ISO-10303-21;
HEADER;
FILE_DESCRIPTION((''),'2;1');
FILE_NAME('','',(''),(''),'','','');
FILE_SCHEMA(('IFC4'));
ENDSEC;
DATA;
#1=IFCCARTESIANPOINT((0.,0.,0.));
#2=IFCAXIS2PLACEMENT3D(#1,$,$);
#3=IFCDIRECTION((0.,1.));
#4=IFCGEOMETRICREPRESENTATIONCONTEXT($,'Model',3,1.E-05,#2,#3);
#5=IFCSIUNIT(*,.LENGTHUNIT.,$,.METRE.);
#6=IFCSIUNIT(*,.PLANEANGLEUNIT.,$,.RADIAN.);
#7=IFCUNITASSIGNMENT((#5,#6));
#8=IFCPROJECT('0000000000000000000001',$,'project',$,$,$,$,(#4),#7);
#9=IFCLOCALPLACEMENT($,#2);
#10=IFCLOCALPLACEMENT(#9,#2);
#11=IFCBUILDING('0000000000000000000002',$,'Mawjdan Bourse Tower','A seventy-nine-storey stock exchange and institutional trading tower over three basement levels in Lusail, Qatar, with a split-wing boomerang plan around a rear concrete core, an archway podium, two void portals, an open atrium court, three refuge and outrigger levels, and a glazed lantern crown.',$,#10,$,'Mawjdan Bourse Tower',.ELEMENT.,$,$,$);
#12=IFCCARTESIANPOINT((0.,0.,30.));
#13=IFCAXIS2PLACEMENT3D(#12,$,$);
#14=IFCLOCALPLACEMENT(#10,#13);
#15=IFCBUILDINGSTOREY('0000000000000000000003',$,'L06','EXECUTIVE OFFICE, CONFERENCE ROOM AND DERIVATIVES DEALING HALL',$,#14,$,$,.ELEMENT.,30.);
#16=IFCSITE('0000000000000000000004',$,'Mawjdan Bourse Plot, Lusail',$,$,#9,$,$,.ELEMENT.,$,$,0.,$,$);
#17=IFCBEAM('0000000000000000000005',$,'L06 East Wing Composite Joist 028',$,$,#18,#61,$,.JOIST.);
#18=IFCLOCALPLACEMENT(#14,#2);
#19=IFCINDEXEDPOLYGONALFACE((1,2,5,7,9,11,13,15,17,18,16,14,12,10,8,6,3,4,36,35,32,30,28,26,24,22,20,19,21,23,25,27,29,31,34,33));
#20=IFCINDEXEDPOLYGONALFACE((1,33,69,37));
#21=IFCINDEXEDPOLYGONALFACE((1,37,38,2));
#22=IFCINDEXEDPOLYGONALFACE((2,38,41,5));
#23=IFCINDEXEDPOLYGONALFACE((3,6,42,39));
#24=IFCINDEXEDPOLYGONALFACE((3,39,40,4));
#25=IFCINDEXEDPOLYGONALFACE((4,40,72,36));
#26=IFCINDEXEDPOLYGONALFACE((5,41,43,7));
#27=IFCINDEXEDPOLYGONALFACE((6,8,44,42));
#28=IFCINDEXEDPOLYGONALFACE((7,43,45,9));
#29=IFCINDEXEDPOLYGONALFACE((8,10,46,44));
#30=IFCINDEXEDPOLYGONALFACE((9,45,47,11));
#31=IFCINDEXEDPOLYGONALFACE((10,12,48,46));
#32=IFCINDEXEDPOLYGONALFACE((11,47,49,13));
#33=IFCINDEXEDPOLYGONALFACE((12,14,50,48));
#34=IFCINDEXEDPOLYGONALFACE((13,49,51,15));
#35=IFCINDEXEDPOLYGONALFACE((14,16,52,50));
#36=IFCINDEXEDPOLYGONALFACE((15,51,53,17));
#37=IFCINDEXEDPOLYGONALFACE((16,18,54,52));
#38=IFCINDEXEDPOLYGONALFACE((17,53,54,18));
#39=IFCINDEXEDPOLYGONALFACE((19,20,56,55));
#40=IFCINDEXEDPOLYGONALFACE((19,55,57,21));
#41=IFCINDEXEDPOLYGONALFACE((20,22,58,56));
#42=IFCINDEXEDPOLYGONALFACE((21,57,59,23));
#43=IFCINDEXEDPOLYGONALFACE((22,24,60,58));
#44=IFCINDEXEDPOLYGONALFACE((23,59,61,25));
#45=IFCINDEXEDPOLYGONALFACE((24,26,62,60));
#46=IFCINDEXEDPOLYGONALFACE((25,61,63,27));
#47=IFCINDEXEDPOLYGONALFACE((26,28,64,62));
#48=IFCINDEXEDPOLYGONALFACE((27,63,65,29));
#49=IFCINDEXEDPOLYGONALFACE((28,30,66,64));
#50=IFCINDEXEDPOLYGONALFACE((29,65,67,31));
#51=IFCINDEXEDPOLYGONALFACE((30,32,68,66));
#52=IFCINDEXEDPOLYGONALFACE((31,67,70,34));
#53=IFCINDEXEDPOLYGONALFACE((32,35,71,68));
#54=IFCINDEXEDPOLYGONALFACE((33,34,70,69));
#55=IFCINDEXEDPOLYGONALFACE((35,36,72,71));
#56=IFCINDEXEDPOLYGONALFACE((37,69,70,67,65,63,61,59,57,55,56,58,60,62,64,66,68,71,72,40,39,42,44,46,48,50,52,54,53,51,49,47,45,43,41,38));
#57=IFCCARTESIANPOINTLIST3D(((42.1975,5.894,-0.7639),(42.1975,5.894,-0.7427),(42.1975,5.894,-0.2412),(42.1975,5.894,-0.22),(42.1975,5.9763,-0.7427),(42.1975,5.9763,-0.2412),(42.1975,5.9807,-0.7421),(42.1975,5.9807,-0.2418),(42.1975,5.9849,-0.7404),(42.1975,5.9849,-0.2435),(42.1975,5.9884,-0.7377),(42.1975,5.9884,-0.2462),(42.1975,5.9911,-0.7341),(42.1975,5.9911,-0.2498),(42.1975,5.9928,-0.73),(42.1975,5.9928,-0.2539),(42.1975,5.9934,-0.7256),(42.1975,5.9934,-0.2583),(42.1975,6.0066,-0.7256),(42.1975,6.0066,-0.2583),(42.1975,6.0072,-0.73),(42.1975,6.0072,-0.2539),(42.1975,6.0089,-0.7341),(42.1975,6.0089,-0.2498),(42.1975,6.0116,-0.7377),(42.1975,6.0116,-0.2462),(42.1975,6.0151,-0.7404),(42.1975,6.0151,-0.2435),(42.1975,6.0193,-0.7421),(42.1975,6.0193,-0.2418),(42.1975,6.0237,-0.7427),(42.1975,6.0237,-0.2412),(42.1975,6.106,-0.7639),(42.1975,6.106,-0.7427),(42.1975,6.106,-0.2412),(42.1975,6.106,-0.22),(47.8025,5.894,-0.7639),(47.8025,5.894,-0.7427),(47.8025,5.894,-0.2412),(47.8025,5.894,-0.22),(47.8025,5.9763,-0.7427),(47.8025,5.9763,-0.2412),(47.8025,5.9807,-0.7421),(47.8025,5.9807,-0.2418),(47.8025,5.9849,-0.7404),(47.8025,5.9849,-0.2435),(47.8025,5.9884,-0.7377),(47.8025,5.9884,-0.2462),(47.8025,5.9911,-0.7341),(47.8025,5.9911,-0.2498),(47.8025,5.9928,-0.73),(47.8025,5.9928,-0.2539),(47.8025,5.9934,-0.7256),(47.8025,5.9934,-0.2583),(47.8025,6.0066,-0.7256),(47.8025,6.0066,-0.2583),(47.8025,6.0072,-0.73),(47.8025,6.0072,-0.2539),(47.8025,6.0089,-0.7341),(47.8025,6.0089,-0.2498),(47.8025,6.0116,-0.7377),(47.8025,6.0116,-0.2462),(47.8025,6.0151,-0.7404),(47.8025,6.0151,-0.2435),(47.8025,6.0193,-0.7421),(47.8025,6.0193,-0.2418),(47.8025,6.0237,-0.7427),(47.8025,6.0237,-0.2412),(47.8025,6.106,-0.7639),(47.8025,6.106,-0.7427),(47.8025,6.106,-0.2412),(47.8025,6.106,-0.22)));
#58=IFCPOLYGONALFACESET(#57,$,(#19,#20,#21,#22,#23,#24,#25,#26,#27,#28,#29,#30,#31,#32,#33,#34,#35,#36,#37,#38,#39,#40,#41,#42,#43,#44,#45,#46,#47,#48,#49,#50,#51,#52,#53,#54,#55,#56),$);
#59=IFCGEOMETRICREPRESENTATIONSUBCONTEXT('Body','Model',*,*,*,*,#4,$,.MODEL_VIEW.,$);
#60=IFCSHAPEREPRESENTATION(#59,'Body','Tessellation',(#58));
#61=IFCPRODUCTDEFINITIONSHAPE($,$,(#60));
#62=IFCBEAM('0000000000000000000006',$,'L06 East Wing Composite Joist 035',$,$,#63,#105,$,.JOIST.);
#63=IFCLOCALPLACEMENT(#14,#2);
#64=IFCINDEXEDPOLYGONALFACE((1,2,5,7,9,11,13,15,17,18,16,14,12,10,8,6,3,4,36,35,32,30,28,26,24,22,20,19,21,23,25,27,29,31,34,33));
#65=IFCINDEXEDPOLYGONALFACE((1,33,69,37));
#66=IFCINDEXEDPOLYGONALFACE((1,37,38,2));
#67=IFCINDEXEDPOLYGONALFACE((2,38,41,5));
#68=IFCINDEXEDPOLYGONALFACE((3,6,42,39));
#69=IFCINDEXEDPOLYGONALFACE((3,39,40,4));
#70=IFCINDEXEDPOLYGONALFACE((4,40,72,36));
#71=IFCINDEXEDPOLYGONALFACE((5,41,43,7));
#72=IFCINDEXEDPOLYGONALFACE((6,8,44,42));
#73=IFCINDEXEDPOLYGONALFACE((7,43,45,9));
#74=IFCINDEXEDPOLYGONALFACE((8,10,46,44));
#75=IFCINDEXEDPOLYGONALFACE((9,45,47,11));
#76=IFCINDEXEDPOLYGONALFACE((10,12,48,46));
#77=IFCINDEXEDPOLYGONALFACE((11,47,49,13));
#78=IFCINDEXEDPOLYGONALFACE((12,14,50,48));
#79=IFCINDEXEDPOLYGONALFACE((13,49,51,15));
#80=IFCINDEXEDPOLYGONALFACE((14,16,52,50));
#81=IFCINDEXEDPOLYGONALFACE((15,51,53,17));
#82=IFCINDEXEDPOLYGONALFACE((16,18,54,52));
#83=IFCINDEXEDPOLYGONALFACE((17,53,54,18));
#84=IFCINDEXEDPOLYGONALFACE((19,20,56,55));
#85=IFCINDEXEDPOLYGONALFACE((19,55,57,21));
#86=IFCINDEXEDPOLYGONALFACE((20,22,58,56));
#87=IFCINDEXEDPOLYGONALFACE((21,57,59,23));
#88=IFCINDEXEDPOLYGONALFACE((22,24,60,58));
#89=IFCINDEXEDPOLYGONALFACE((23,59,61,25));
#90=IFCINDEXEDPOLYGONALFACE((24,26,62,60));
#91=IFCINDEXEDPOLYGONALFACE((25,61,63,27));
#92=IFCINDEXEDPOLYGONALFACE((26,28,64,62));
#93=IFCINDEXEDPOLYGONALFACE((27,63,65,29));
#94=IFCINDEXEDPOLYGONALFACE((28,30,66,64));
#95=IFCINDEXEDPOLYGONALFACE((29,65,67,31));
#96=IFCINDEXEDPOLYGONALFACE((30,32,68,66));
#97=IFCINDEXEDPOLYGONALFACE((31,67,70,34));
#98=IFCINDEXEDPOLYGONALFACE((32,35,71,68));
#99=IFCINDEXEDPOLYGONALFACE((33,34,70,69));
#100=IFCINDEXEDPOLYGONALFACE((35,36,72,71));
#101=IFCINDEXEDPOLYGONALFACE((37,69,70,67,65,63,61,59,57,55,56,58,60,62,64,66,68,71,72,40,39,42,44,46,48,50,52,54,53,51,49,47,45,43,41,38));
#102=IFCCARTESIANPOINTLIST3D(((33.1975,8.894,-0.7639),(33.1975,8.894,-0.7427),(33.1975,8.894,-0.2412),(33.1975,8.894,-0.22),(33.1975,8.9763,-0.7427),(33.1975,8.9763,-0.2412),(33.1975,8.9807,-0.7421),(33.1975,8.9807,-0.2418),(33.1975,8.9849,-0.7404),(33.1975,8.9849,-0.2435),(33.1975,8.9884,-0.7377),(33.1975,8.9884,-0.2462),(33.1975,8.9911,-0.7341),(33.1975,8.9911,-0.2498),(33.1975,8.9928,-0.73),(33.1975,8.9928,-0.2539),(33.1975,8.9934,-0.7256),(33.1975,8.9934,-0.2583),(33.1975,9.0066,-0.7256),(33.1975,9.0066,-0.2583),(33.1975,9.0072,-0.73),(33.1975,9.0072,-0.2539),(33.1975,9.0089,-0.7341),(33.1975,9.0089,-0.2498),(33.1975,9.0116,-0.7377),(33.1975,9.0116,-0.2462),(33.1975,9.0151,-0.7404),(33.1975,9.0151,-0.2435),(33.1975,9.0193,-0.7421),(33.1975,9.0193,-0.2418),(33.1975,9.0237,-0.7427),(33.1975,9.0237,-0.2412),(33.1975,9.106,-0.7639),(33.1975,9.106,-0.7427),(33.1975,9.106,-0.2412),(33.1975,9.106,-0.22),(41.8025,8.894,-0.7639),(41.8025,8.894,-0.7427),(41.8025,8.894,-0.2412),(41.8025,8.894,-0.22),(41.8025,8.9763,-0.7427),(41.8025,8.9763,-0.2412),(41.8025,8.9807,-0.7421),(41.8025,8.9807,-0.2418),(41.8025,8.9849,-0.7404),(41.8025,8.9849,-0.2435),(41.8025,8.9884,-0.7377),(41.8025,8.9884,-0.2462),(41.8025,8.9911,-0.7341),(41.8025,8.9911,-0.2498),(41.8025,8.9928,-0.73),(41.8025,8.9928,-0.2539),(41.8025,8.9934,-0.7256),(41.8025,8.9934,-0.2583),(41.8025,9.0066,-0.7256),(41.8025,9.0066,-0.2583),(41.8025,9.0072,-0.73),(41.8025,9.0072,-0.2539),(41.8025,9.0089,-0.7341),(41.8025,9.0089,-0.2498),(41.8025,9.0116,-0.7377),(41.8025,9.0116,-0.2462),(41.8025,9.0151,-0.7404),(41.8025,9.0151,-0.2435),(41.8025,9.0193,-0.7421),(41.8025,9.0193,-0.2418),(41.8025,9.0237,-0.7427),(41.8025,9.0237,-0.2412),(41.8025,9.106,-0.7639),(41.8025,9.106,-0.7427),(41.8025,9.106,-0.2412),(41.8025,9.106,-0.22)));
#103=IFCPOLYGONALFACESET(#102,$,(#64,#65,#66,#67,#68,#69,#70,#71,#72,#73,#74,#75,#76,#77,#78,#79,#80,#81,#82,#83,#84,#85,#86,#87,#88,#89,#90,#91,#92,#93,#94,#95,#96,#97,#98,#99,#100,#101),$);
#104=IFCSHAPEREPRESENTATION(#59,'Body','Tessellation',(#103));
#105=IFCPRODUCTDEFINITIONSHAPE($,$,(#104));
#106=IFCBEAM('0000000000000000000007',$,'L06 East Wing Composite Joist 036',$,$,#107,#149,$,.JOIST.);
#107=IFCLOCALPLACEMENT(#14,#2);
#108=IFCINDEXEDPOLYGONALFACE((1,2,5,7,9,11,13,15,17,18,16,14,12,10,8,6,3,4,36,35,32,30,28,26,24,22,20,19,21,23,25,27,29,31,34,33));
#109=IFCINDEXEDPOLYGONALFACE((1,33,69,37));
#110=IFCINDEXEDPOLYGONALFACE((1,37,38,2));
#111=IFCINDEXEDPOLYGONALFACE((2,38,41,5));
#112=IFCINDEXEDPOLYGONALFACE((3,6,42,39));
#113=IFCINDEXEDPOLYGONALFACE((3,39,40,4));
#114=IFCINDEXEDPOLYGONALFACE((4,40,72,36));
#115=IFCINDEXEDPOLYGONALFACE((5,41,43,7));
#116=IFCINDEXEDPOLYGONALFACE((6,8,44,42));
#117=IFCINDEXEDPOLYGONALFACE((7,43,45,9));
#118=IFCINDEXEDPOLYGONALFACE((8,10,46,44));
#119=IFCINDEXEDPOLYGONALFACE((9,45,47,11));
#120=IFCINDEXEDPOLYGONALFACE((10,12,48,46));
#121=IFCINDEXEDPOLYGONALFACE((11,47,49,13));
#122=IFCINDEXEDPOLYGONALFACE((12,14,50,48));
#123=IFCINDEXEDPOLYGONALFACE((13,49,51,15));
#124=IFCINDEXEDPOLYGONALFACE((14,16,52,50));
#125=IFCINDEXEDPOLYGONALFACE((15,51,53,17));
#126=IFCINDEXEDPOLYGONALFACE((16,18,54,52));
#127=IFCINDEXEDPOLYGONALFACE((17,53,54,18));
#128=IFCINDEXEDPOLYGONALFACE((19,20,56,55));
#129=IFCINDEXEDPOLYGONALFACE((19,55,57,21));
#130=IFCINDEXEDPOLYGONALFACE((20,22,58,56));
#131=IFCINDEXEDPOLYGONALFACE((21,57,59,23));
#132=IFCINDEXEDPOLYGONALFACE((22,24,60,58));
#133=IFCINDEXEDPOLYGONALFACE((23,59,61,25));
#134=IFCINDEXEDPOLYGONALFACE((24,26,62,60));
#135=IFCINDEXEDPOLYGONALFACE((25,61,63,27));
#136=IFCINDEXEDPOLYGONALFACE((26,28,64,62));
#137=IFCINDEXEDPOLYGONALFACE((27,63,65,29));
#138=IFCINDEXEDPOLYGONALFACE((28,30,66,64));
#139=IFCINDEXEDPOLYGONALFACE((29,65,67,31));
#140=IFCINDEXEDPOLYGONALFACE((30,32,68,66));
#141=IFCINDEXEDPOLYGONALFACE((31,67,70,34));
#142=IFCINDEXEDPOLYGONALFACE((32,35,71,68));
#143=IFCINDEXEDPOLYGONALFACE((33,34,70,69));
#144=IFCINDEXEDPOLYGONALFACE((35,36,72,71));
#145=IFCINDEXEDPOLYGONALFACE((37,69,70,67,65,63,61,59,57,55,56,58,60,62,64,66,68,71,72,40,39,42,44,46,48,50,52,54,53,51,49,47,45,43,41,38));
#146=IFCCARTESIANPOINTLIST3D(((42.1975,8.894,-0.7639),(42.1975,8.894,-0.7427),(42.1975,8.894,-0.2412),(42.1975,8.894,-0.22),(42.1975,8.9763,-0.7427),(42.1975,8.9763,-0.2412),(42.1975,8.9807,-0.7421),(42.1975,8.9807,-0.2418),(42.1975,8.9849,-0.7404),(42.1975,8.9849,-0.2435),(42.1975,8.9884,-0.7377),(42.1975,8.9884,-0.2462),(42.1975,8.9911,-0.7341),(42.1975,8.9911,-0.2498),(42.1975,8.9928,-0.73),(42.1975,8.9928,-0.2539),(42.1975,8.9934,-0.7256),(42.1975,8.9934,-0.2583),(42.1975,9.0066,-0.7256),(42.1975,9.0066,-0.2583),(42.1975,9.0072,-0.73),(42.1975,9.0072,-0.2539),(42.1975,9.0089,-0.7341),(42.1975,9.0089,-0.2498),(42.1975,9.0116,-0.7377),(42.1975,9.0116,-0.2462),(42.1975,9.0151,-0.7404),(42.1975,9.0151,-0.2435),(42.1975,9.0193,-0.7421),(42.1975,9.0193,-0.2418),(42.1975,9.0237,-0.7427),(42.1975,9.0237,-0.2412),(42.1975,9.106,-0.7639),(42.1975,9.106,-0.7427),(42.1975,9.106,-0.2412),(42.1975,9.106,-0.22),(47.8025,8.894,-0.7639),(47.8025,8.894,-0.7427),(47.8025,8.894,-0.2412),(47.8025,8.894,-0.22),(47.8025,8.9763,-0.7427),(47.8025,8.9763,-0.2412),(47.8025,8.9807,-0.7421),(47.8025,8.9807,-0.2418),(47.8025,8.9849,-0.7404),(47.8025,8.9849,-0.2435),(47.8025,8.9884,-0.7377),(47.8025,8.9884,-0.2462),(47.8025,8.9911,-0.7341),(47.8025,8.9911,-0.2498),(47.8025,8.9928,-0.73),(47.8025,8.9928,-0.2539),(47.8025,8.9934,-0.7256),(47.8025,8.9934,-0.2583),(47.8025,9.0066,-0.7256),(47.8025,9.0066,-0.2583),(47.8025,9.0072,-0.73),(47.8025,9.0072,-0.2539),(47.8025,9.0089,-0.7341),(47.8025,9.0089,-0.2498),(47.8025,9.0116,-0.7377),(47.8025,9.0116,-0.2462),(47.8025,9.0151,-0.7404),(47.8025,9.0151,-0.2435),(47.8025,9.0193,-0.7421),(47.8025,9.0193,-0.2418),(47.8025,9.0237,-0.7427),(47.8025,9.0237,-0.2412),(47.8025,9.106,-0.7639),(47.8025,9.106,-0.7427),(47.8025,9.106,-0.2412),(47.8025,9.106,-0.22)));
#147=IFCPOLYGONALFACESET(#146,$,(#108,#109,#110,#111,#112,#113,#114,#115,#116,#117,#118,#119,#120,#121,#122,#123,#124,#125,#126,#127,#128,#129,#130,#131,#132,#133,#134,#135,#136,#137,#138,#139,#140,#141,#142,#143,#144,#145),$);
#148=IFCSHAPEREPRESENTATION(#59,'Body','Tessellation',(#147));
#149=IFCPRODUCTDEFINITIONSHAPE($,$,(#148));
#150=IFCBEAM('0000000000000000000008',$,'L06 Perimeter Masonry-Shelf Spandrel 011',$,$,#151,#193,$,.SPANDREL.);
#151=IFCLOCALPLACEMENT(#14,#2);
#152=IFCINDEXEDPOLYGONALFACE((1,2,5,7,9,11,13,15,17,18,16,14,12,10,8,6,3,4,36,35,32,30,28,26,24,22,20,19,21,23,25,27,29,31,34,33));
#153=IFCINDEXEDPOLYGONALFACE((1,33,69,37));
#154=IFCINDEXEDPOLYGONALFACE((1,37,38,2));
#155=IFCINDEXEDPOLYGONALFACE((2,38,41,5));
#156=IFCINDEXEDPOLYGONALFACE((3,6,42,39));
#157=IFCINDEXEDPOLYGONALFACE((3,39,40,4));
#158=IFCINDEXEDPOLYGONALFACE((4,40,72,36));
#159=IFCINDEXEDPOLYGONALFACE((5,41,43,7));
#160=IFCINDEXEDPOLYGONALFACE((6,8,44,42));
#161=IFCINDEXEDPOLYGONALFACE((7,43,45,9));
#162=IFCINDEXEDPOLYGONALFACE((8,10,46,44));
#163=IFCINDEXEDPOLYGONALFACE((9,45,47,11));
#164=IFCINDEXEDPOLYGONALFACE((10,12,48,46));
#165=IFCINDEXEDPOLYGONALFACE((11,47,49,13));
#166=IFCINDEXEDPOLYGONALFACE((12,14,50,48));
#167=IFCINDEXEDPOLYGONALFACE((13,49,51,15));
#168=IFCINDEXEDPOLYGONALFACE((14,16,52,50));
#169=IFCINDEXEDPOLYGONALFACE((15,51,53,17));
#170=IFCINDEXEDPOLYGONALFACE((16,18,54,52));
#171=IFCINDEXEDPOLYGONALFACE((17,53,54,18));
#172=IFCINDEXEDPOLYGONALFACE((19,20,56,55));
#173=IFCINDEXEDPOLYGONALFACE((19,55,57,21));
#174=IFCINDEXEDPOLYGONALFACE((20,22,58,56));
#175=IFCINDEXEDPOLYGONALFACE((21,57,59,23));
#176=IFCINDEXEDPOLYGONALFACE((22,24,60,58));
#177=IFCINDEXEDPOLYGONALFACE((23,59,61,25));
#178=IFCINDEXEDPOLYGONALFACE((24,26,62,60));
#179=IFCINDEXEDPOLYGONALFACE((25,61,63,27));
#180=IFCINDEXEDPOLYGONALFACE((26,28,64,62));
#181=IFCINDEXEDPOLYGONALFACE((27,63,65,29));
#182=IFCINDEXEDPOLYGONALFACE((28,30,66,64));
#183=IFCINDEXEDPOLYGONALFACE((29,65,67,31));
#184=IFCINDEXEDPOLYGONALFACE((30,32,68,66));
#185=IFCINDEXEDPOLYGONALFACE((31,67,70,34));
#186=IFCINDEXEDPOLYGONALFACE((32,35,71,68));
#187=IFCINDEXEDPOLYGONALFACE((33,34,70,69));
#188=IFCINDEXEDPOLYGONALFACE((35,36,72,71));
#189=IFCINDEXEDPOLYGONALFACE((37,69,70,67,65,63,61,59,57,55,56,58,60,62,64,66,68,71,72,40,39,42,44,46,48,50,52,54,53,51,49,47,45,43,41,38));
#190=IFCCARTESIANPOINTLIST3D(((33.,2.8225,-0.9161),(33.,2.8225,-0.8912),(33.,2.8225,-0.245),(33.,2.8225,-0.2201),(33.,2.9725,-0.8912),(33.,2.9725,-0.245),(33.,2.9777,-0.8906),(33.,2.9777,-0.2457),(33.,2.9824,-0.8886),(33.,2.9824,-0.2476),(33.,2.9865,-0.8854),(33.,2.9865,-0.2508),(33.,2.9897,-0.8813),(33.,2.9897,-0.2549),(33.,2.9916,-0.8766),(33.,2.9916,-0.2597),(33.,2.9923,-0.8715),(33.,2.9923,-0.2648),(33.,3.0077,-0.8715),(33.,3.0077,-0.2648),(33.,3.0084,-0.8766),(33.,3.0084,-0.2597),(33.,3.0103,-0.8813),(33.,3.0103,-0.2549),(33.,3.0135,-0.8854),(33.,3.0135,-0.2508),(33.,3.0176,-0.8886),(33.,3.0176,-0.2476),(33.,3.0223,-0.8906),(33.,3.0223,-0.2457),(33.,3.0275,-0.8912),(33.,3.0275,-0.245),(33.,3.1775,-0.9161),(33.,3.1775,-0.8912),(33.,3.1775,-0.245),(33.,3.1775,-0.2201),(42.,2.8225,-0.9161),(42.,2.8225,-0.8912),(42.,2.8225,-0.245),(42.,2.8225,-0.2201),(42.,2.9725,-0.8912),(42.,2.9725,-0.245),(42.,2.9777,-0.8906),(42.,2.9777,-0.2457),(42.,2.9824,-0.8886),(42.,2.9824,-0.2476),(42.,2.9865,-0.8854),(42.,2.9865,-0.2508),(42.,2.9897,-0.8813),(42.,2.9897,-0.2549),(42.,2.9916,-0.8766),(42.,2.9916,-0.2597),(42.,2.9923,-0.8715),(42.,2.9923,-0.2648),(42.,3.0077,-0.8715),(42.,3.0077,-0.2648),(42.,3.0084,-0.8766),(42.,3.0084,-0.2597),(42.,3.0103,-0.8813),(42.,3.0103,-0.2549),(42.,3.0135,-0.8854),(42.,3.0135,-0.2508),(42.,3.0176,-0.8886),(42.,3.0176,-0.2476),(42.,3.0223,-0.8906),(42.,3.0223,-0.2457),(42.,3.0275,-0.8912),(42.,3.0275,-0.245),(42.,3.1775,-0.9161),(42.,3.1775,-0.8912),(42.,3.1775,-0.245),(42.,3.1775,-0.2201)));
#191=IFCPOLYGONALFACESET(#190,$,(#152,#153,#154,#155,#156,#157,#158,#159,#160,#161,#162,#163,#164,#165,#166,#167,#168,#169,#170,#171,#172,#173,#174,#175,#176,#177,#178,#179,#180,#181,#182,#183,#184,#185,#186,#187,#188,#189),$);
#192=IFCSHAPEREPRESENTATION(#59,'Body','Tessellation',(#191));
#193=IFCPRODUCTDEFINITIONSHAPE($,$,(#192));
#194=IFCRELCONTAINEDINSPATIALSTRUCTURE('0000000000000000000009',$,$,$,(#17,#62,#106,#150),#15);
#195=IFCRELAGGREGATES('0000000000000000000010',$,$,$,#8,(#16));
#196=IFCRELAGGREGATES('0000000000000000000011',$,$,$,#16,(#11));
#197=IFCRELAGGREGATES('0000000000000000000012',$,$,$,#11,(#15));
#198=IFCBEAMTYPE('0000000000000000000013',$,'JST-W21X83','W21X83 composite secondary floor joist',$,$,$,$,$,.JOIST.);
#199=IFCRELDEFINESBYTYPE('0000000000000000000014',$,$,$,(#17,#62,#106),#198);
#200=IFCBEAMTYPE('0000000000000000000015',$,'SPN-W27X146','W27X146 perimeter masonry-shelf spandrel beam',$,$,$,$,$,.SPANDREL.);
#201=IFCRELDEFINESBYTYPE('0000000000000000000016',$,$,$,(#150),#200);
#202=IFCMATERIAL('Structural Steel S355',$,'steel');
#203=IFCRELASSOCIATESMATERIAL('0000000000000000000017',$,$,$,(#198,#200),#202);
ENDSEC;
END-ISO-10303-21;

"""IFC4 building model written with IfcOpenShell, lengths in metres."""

from ifc_helpers import new_model, si_unit, direction, frame, origin, origin_2d, place, context, subcontext, project, spatial, i_section, extrude, material, material_profile, profile_set, type_object, element, save


model = new_model("IFC4")

# Units and contexts
model_context = context("Model", 3, precision=1e-05, world=origin(), true_north=direction((0.0, 1.0)))
body_context = subcontext(model_context, "Body", "Model", "MODEL_VIEW")
ifc_project = project(units=[si_unit("LENGTHUNIT", "METRE"), si_unit("PLANEANGLEUNIT", "RADIAN")], contexts=[model_context])

# Site, building, storey
site_placement = place(None, origin())
site = spatial("IfcSite", under=ifc_project, at=site_placement, Name="Mawjdan Bourse Plot, Lusail", CompositionType="ELEMENT", RefElevation=0.0)
building_placement = place(site_placement, origin())
building = spatial("IfcBuilding", under=site, at=building_placement, Name="Mawjdan Bourse Tower", Description="A seventy-nine-storey stock exchange and institutional trading tower over three basement levels in Lusail, Qatar, with a split-wing boomerang plan around a rear concrete core, an archway podium, two void portals, an open atrium court, three refuge and outrigger levels, and a glazed lantern crown.", LongName="Mawjdan Bourse Tower", CompositionType="ELEMENT")
storey_placement = place(building_placement, frame((0.0, 0.0, 30.0)))
storey = spatial("IfcBuildingStorey", under=building, at=storey_placement, Name="L06", Description="EXECUTIVE OFFICE, CONFERENCE ROOM AND DERIVATIVES DEALING HALL", CompositionType="ELEMENT", Elevation=30.0)

# Beams
ifc_material_1 = material(Name="Structural Steel S355", Category="steel")
ifc_material_profile_1 = material_profile(ifc_material_1, i_section(OverallWidth=0.2119, OverallDepth=0.5439, WebThickness=0.0132, FlangeThickness=0.0212, FilletRadius=0.0171, at=origin_2d()), Name="W21X83")
ifc_profile_set_1 = profile_set([ifc_material_profile_1], Name="Structural Steel S355")
beam_type_1 = type_object("IfcBeamType", Name="JST-W21X83", Description="W21X83 composite secondary floor joist", PredefinedType="JOIST", material=ifc_profile_set_1)
beam_1_placement = place(storey_placement, frame((42.1975, 6.0, -0.4919), z_axis=(1.0, 0.0, 0.0), x_axis=(0.0, 1.0, 0.0)))
element("IfcBeam", 1, at=beam_1_placement, inside=storey, type_object=beam_type_1, Name="L06 East Wing Composite Joist 028", PredefinedType="JOIST", context=body_context, shape_type="SweptSolid", body=[
    extrude(i_section(OverallWidth=0.2119, OverallDepth=0.5439, WebThickness=0.0132, FlangeThickness=0.0212, FilletRadius=0.0171, at=origin_2d()), origin(), (0.0, 0.0, 1.0), 5.605),
])
beam_2_placement = place(storey_placement, frame((33.1975, 9.0, -0.4919), z_axis=(1.0, 0.0, 0.0), x_axis=(0.0, 1.0, 0.0)))
element("IfcBeam", 2, at=beam_2_placement, inside=storey, type_object=beam_type_1, Name="L06 East Wing Composite Joist 035", PredefinedType="JOIST", context=body_context, shape_type="SweptSolid", body=[
    extrude(i_section(OverallWidth=0.2119, OverallDepth=0.5439, WebThickness=0.0132, FlangeThickness=0.0212, FilletRadius=0.0171, at=origin_2d()), origin(), (0.0, 0.0, 1.0), 8.605),
])
beam_3_placement = place(storey_placement, frame((42.1975, 9.0, -0.4919), z_axis=(1.0, 0.0, 0.0), x_axis=(0.0, 1.0, 0.0)))
element("IfcBeam", 3, at=beam_3_placement, inside=storey, type_object=beam_type_1, Name="L06 East Wing Composite Joist 036", PredefinedType="JOIST", context=body_context, shape_type="SweptSolid", body=[
    extrude(i_section(OverallWidth=0.2119, OverallDepth=0.5439, WebThickness=0.0132, FlangeThickness=0.0212, FilletRadius=0.0171, at=origin_2d()), origin(), (0.0, 0.0, 1.0), 5.605),
])
ifc_material_profile_2 = material_profile(ifc_material_1, i_section(OverallWidth=0.355, OverallDepth=0.696, WebThickness=0.0154, FlangeThickness=0.0249, FilletRadius=0.0198, at=origin_2d()), Name="W27X146")
ifc_profile_set_2 = profile_set([ifc_material_profile_2], Name="Structural Steel S355")
beam_type_2 = type_object("IfcBeamType", Name="SPN-W27X146", Description="W27X146 perimeter masonry-shelf spandrel beam", PredefinedType="SPANDREL", material=ifc_profile_set_2)
beam_4_placement = place(storey_placement, frame((33.0, 3.0, -0.5681), z_axis=(1.0, 0.0, 0.0), x_axis=(0.0, 1.0, 0.0)))
element("IfcBeam", 4, at=beam_4_placement, inside=storey, type_object=beam_type_2, Name="L06 Perimeter Masonry-Shelf Spandrel 011", PredefinedType="SPANDREL", context=body_context, shape_type="SweptSolid", body=[
    extrude(i_section(OverallWidth=0.355, OverallDepth=0.696, WebThickness=0.0154, FlangeThickness=0.0249, FilletRadius=0.0198, at=origin_2d()), origin(), (0.0, 0.0, 1.0), 9.0),
])

save(model, "model.ifc")
